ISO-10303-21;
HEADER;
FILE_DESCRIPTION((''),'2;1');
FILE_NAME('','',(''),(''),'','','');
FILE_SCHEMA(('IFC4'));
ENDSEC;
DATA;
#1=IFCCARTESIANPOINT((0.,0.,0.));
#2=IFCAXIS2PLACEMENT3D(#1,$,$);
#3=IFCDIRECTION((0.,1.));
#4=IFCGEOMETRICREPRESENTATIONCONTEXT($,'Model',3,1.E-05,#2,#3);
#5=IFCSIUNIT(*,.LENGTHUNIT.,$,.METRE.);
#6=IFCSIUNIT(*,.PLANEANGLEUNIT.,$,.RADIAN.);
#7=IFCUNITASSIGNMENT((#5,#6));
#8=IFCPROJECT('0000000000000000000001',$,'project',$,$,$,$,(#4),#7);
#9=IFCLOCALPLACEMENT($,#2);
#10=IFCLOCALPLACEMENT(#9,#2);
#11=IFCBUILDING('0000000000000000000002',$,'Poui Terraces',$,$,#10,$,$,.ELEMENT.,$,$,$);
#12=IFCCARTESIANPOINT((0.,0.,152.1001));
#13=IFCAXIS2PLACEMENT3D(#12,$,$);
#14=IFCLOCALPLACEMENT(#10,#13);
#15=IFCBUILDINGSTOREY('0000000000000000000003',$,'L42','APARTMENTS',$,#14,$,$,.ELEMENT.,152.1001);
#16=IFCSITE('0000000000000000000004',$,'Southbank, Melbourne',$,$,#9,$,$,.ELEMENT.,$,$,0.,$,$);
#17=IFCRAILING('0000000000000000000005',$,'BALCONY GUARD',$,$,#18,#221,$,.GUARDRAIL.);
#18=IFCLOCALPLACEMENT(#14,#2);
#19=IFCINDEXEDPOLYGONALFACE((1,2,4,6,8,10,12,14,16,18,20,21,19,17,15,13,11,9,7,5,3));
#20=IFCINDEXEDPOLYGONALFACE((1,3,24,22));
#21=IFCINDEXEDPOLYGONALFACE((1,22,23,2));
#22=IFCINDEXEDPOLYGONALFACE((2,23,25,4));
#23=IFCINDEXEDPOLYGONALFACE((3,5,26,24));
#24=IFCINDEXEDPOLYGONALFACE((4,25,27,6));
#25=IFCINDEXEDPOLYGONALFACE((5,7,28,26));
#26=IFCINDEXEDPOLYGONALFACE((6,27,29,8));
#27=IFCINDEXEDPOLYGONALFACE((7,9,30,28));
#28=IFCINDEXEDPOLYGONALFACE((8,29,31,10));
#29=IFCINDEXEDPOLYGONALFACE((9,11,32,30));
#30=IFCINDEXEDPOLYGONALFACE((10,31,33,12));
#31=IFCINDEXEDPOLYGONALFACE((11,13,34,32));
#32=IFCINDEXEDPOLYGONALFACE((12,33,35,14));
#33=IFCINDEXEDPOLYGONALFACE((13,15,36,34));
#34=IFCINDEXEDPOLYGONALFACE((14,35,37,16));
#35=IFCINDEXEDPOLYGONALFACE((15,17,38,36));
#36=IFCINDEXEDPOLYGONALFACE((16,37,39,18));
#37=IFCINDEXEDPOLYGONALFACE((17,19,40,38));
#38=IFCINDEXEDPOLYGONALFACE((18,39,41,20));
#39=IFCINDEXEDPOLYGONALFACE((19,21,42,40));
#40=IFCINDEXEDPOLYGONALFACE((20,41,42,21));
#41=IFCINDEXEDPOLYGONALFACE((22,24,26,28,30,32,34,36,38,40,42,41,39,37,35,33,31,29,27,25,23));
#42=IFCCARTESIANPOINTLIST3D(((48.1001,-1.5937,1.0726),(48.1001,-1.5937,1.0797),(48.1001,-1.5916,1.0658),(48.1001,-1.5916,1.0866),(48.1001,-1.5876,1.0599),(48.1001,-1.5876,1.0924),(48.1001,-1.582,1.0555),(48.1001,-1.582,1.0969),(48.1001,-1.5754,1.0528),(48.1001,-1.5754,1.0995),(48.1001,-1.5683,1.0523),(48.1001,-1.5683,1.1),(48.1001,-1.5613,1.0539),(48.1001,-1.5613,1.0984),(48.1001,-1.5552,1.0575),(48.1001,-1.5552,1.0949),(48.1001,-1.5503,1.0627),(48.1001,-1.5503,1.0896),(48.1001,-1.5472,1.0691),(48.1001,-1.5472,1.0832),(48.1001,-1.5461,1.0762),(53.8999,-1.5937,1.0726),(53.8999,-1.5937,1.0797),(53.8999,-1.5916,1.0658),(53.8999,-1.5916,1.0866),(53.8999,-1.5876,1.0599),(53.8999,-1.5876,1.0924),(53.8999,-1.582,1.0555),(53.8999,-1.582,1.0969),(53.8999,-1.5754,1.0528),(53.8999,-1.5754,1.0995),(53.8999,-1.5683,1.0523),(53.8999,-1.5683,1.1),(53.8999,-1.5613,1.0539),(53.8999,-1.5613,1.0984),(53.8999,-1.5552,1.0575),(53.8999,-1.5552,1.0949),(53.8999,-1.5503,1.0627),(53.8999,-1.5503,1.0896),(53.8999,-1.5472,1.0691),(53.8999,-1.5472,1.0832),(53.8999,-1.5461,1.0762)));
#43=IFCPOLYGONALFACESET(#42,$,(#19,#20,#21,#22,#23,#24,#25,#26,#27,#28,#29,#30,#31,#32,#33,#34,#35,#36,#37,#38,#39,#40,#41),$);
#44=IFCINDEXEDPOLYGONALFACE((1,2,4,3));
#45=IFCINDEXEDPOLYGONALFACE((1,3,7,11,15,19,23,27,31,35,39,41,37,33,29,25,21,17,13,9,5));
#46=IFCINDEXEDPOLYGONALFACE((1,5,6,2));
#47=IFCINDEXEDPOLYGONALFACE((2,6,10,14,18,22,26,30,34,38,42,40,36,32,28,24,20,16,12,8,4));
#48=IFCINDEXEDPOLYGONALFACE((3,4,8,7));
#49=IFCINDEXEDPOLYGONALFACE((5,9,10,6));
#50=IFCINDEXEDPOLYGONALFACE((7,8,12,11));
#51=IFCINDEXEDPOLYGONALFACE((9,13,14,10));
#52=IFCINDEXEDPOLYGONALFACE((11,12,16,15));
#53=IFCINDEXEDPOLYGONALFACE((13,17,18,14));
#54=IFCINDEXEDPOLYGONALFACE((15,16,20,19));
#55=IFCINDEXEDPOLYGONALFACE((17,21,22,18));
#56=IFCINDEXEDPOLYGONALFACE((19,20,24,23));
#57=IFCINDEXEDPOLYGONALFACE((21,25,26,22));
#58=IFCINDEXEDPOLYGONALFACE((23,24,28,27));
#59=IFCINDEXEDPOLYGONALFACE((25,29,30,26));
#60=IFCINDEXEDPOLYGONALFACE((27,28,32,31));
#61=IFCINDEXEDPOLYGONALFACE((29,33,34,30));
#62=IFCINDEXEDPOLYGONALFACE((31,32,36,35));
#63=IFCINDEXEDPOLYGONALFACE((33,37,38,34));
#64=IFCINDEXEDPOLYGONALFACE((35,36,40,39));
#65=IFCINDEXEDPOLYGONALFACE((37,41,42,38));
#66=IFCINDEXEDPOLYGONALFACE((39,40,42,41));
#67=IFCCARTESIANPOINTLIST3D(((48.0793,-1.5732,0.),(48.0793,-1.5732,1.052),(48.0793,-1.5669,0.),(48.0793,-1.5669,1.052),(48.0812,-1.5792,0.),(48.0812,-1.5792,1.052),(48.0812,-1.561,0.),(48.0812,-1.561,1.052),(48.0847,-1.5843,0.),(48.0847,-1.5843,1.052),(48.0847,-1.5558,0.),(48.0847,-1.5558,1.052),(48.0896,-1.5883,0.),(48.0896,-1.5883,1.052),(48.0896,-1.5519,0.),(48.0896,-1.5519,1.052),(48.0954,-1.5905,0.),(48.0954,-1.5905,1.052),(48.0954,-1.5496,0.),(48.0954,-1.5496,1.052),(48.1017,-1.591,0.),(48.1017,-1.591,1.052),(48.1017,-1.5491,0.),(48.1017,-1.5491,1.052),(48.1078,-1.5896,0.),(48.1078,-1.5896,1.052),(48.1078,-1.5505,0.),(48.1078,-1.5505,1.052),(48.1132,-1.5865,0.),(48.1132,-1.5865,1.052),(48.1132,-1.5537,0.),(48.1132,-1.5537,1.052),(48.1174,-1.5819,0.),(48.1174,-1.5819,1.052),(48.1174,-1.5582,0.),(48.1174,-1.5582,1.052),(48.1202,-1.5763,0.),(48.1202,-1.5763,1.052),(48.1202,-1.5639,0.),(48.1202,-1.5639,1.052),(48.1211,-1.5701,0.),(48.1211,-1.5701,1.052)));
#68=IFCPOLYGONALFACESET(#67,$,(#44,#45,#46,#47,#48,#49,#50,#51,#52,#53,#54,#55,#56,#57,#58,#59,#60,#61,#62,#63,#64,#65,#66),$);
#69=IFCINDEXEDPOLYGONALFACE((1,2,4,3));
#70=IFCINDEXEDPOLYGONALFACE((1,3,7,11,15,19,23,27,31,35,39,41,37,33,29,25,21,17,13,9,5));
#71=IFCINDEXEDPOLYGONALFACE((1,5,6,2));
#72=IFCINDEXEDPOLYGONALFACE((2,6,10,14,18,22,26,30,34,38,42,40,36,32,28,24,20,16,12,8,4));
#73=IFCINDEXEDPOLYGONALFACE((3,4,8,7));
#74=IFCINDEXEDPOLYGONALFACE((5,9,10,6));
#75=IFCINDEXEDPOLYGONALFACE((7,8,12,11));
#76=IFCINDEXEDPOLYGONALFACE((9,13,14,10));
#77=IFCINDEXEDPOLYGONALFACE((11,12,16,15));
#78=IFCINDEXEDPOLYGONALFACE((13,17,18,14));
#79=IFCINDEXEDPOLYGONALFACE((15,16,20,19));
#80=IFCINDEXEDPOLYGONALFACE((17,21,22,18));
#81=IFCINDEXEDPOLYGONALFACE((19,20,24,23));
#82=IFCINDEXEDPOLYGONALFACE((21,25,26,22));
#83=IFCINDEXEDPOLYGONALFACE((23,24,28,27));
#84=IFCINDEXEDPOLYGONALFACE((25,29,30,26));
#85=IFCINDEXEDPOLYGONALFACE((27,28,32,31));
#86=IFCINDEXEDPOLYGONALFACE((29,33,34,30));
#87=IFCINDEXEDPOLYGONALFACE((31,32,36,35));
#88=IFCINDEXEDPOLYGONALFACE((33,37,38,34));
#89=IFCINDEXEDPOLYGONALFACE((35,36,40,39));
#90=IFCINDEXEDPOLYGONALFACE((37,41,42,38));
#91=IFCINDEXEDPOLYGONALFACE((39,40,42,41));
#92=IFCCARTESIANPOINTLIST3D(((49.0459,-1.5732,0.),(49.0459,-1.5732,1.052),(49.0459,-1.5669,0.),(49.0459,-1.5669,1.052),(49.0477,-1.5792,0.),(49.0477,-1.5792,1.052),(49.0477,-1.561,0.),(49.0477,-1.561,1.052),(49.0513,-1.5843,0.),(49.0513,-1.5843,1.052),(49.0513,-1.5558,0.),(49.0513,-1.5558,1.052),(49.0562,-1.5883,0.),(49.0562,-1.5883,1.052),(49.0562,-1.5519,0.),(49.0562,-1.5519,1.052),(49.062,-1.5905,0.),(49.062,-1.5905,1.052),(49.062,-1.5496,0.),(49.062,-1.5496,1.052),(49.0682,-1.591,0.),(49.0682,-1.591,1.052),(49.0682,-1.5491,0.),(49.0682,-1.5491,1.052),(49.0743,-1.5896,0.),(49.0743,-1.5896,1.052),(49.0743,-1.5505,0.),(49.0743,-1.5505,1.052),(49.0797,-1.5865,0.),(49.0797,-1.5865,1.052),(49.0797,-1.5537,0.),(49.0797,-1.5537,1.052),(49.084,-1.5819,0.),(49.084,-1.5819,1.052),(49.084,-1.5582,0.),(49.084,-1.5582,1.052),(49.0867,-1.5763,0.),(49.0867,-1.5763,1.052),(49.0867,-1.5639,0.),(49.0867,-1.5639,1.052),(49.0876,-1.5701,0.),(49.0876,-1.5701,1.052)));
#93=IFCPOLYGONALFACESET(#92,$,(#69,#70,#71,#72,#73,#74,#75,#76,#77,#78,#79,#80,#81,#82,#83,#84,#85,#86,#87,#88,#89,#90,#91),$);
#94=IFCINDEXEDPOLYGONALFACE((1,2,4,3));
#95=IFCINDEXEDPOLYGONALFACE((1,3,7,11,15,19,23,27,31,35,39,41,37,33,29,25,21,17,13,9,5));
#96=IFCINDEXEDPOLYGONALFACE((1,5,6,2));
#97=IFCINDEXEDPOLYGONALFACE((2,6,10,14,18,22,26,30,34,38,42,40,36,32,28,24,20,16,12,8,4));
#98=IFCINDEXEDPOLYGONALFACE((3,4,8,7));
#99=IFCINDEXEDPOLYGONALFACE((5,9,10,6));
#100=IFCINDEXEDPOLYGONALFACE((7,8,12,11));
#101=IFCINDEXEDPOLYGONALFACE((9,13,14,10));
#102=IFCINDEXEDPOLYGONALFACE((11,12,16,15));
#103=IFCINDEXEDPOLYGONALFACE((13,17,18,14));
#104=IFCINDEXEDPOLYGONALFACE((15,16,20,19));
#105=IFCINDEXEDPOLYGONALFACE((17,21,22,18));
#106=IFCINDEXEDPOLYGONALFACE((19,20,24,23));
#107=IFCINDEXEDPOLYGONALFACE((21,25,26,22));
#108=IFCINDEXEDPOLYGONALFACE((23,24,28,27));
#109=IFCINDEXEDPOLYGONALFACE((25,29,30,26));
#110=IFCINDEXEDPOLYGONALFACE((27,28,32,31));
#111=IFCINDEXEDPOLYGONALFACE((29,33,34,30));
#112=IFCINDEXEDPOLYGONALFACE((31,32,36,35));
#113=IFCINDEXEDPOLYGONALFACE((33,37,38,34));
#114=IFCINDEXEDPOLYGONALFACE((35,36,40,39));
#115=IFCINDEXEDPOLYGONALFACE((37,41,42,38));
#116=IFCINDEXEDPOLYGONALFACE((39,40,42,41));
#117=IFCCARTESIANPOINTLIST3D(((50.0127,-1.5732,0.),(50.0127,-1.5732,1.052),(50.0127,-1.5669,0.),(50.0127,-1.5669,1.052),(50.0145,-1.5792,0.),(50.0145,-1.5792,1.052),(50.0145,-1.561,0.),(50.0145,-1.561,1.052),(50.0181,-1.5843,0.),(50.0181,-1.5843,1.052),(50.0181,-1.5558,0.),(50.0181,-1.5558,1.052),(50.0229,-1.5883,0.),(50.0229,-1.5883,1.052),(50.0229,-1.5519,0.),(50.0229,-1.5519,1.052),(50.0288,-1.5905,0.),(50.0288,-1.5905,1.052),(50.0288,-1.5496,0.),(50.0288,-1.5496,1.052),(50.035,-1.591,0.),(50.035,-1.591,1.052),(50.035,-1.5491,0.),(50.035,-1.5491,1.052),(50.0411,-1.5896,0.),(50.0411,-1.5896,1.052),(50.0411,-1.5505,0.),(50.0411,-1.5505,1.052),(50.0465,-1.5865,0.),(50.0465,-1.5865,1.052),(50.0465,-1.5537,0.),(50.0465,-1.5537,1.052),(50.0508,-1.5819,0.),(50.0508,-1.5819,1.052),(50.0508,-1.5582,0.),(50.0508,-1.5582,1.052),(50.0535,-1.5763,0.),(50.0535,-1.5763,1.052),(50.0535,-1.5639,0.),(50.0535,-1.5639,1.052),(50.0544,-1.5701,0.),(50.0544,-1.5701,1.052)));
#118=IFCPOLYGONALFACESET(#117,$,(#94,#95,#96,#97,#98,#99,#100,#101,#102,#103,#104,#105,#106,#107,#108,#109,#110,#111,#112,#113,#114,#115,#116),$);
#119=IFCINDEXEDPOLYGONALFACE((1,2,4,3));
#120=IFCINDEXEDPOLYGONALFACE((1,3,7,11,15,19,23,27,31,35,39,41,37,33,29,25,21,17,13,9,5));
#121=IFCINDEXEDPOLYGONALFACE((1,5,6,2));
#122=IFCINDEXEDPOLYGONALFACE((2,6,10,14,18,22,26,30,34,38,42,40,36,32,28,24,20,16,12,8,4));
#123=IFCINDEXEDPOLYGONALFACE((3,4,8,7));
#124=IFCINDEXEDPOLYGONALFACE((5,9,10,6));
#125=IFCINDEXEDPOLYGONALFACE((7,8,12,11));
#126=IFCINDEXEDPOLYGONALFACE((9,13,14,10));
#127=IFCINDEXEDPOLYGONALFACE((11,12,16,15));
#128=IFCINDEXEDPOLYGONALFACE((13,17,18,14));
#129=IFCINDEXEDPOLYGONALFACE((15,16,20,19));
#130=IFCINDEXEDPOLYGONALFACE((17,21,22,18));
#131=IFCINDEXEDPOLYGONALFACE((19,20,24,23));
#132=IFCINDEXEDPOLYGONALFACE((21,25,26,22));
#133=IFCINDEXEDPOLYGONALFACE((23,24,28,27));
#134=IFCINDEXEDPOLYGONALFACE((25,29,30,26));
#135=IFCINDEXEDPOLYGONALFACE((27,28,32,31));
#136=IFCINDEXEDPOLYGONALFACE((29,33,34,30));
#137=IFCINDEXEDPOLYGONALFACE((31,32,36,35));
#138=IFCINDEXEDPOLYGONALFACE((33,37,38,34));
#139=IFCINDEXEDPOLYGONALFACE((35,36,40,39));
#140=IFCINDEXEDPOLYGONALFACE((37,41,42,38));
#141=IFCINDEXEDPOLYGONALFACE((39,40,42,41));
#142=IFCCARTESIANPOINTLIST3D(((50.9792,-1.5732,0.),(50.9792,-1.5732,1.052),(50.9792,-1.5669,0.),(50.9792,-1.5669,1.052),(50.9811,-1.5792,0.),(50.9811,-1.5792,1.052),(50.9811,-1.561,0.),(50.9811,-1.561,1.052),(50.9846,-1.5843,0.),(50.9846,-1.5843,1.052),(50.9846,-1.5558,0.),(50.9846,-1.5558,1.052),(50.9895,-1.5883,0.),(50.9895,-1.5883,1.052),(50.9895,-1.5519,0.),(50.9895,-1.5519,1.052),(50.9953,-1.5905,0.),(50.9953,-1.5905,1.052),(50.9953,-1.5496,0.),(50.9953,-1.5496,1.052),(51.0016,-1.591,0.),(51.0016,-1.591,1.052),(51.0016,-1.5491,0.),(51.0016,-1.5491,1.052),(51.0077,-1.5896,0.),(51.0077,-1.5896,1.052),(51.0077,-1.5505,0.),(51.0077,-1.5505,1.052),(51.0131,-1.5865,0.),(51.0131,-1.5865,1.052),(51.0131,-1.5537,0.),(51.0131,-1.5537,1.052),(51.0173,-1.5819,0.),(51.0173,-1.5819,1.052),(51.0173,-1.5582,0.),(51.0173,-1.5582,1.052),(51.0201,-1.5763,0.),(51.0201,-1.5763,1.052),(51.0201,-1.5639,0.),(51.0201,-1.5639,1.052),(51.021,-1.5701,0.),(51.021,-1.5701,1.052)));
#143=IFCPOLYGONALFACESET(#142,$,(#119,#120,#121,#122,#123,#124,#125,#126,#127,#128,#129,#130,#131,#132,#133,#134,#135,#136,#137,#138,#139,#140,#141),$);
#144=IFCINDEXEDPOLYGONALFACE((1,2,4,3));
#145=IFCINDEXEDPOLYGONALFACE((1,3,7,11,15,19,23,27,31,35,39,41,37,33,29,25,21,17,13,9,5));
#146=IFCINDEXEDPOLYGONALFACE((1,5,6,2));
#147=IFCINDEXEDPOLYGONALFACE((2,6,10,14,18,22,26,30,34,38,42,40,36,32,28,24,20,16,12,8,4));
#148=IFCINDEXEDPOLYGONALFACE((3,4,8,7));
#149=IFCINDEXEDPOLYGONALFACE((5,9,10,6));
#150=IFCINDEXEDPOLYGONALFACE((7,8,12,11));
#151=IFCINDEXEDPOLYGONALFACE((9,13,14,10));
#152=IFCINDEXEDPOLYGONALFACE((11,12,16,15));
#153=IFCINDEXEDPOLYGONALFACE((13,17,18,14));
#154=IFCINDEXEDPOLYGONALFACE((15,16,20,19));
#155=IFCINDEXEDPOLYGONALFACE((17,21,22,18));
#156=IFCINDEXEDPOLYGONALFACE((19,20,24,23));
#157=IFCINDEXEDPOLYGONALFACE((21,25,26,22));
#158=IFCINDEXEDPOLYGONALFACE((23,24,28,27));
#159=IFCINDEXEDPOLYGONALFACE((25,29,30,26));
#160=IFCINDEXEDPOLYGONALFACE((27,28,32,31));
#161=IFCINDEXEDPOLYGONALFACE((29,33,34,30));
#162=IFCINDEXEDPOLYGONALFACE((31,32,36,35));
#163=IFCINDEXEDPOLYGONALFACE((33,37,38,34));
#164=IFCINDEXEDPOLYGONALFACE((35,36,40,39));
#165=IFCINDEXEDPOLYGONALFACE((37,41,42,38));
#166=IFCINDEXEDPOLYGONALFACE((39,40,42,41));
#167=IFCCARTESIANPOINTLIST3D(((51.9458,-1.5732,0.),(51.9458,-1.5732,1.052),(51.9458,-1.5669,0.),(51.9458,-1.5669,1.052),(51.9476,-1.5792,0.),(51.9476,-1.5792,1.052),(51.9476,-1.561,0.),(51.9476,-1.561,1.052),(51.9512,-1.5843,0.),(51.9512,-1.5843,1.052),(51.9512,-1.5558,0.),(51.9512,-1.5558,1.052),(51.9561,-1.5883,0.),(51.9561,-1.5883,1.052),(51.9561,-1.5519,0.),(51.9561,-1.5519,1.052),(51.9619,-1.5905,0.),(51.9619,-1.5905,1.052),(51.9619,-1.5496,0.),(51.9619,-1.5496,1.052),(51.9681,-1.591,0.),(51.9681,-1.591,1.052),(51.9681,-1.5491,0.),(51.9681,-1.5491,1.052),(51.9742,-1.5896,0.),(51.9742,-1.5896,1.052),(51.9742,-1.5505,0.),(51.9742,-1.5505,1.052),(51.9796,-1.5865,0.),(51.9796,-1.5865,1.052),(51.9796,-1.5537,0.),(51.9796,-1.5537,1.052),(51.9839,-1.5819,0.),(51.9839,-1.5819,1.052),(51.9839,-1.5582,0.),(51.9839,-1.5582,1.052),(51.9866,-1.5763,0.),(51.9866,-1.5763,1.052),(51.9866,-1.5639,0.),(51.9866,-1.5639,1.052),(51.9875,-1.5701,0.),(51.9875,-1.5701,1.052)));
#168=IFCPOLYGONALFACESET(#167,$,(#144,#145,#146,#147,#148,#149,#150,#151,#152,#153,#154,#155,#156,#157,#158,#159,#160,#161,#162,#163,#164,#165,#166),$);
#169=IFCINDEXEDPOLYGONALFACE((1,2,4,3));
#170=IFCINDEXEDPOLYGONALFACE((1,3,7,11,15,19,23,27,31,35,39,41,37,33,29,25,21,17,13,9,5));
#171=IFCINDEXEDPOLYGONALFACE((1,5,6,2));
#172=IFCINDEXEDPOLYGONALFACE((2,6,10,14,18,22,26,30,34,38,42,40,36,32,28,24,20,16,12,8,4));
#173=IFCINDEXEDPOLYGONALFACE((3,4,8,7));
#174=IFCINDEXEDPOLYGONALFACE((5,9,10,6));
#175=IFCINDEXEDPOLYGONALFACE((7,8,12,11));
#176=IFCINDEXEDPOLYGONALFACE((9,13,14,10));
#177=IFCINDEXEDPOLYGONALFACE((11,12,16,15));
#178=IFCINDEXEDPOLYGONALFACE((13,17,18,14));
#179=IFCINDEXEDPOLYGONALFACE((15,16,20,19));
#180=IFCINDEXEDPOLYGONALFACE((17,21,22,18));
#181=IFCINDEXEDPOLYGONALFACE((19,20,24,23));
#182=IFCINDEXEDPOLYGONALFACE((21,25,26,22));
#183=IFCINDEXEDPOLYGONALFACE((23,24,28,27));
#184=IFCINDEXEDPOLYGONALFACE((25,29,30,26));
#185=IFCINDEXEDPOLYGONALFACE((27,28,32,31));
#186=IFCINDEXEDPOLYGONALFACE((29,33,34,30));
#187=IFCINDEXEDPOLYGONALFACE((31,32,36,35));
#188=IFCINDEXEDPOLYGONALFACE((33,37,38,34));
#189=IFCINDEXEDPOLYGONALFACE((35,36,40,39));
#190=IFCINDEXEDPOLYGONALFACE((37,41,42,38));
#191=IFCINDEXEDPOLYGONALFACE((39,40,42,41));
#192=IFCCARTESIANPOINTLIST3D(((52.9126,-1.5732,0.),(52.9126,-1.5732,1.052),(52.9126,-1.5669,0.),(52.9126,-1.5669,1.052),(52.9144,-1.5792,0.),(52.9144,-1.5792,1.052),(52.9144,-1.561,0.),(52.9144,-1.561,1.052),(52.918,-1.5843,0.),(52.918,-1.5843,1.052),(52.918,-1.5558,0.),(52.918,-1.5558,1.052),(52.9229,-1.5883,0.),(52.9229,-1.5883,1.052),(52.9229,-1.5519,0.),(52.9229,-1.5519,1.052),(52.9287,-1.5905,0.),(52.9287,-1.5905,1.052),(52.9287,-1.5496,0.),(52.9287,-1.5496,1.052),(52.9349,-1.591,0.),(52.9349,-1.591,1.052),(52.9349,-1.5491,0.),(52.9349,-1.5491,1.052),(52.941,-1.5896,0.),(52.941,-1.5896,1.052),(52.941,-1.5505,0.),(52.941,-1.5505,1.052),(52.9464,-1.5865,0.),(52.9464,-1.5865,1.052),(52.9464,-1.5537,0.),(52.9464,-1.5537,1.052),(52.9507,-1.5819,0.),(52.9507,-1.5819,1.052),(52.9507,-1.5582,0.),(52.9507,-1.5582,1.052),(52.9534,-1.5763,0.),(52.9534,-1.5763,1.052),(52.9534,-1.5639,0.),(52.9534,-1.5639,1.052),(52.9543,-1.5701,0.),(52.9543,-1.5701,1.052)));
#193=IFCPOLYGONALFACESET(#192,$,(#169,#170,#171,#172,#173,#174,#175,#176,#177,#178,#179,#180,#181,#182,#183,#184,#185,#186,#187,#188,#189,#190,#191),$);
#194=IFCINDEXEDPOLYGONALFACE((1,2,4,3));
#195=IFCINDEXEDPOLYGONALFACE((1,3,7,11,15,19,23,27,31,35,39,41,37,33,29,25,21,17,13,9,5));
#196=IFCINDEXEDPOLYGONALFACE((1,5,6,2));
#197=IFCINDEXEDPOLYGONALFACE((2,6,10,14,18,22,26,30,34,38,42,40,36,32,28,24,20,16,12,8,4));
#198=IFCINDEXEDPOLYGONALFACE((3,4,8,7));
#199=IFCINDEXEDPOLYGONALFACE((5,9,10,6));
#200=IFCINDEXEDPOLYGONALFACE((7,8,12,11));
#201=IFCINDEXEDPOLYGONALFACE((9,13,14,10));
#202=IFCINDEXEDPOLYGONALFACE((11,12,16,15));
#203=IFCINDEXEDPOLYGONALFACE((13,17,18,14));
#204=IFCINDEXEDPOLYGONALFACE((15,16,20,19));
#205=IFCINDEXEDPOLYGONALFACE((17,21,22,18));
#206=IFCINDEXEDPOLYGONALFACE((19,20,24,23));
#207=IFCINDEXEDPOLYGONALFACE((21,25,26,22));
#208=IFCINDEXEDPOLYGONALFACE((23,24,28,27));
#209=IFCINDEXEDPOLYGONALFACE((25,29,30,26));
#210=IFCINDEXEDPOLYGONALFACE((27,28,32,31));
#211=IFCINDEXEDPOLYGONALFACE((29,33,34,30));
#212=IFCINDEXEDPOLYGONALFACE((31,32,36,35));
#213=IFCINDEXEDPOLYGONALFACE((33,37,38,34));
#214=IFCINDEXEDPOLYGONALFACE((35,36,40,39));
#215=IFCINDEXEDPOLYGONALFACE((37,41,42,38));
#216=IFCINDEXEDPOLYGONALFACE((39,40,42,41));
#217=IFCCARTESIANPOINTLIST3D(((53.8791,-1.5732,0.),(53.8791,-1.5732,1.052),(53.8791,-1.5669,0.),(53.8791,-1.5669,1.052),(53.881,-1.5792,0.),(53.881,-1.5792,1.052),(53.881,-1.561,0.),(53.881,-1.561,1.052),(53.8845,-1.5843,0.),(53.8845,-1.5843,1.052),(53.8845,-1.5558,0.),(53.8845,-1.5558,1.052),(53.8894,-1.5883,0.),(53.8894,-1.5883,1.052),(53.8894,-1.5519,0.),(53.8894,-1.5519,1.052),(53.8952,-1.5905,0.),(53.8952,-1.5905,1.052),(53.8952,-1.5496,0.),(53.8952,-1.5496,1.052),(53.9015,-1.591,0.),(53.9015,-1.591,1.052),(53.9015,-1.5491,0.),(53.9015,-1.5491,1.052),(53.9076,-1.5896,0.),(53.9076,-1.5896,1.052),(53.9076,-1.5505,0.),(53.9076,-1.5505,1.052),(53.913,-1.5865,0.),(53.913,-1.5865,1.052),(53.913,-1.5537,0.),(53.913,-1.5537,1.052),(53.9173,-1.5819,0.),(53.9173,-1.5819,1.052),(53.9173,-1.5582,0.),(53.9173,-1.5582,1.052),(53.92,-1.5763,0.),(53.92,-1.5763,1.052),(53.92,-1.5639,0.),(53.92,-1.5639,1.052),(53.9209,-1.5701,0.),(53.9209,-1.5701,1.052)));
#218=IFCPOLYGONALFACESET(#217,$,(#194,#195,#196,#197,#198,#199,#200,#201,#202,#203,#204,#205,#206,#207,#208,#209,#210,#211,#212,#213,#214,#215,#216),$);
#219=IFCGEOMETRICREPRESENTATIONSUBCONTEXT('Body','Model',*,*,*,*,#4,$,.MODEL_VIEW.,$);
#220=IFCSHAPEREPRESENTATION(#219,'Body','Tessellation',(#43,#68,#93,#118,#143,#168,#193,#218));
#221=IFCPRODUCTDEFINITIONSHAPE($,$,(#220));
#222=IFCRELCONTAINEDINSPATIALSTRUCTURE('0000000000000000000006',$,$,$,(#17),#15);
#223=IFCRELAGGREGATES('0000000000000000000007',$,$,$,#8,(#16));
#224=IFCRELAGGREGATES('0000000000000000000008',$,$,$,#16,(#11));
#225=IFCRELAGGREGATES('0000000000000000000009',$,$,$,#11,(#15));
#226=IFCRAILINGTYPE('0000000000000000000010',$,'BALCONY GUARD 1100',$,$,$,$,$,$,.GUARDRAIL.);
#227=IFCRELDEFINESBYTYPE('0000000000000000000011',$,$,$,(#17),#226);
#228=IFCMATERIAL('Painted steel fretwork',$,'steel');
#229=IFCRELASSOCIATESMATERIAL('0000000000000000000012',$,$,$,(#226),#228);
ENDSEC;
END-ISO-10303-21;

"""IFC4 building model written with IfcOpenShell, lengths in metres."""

from ifc_helpers import new_model, si_unit, direction, frame, origin, origin_2d, place, context, subcontext, project, spatial, circle, extrude, material, type_object, element, save


model = new_model("IFC4")

# Units and contexts
model_context = context("Model", 3, precision=1e-05, world=origin(), true_north=direction((0.0, 1.0)))
body_context = subcontext(model_context, "Body", "Model", "MODEL_VIEW")
ifc_project = project(units=[si_unit("LENGTHUNIT", "METRE"), si_unit("PLANEANGLEUNIT", "RADIAN")], contexts=[model_context])

# Site, building, storey
site_placement = place(None, origin())
site = spatial("IfcSite", under=ifc_project, at=site_placement, Name="Southbank, Melbourne", CompositionType="ELEMENT", RefElevation=0.0)
building_placement = place(site_placement, origin())
building = spatial("IfcBuilding", under=site, at=building_placement, Name="Poui Terraces", CompositionType="ELEMENT")
storey_placement = place(building_placement, frame((0.0, 0.0, 152.1001)))
storey = spatial("IfcBuildingStorey", under=building, at=storey_placement, Name="L42", Description="APARTMENTS", CompositionType="ELEMENT", Elevation=152.1001)

# Railing
ifc_material_1 = material(Name="Painted steel fretwork", Category="steel")
railing_type = type_object("IfcRailingType", Name="BALCONY GUARD 1100", PredefinedType="GUARDRAIL", material=ifc_material_1)
railing_placement = place(storey_placement, frame((48.1001, -1.5701, 0.0)))
element("IfcRailing", 1, at=railing_placement, inside=storey, type_object=railing_type, Name="BALCONY GUARD", PredefinedType="GUARDRAIL", context=body_context, shape_type="SweptSolid", body=[
    extrude(circle(Radius=0.0239, at=origin_2d()), frame((0.0, 0.0, 1.0762), z_axis=(1.0, 0.0, 0.0), x_axis=(0.0, 1.0, 0.0)), (0.0, 0.0, 1.0), 5.7998),
    extrude(circle(Radius=0.021, at=origin_2d()), origin(), (0.0, 0.0, 1.0), 1.052),
    extrude(circle(Radius=0.021, at=origin_2d()), frame((0.9666, 0.0, 0.0)), (0.0, 0.0, 1.0), 1.052),
    extrude(circle(Radius=0.021, at=origin_2d()), frame((1.9333, 0.0, 0.0)), (0.0, 0.0, 1.0), 1.052),
    extrude(circle(Radius=0.021, at=origin_2d()), frame((2.8999, 0.0, 0.0)), (0.0, 0.0, 1.0), 1.052),
    extrude(circle(Radius=0.021, at=origin_2d()), frame((3.8665, 0.0, 0.0)), (0.0, 0.0, 1.0), 1.052),
    extrude(circle(Radius=0.021, at=origin_2d()), frame((4.8333, 0.0, 0.0)), (0.0, 0.0, 1.0), 1.052),
    extrude(circle(Radius=0.021, at=origin_2d()), frame((5.7998, 0.0, 0.0)), (0.0, 0.0, 1.0), 1.052),
])

save(model, "model.ifc")
